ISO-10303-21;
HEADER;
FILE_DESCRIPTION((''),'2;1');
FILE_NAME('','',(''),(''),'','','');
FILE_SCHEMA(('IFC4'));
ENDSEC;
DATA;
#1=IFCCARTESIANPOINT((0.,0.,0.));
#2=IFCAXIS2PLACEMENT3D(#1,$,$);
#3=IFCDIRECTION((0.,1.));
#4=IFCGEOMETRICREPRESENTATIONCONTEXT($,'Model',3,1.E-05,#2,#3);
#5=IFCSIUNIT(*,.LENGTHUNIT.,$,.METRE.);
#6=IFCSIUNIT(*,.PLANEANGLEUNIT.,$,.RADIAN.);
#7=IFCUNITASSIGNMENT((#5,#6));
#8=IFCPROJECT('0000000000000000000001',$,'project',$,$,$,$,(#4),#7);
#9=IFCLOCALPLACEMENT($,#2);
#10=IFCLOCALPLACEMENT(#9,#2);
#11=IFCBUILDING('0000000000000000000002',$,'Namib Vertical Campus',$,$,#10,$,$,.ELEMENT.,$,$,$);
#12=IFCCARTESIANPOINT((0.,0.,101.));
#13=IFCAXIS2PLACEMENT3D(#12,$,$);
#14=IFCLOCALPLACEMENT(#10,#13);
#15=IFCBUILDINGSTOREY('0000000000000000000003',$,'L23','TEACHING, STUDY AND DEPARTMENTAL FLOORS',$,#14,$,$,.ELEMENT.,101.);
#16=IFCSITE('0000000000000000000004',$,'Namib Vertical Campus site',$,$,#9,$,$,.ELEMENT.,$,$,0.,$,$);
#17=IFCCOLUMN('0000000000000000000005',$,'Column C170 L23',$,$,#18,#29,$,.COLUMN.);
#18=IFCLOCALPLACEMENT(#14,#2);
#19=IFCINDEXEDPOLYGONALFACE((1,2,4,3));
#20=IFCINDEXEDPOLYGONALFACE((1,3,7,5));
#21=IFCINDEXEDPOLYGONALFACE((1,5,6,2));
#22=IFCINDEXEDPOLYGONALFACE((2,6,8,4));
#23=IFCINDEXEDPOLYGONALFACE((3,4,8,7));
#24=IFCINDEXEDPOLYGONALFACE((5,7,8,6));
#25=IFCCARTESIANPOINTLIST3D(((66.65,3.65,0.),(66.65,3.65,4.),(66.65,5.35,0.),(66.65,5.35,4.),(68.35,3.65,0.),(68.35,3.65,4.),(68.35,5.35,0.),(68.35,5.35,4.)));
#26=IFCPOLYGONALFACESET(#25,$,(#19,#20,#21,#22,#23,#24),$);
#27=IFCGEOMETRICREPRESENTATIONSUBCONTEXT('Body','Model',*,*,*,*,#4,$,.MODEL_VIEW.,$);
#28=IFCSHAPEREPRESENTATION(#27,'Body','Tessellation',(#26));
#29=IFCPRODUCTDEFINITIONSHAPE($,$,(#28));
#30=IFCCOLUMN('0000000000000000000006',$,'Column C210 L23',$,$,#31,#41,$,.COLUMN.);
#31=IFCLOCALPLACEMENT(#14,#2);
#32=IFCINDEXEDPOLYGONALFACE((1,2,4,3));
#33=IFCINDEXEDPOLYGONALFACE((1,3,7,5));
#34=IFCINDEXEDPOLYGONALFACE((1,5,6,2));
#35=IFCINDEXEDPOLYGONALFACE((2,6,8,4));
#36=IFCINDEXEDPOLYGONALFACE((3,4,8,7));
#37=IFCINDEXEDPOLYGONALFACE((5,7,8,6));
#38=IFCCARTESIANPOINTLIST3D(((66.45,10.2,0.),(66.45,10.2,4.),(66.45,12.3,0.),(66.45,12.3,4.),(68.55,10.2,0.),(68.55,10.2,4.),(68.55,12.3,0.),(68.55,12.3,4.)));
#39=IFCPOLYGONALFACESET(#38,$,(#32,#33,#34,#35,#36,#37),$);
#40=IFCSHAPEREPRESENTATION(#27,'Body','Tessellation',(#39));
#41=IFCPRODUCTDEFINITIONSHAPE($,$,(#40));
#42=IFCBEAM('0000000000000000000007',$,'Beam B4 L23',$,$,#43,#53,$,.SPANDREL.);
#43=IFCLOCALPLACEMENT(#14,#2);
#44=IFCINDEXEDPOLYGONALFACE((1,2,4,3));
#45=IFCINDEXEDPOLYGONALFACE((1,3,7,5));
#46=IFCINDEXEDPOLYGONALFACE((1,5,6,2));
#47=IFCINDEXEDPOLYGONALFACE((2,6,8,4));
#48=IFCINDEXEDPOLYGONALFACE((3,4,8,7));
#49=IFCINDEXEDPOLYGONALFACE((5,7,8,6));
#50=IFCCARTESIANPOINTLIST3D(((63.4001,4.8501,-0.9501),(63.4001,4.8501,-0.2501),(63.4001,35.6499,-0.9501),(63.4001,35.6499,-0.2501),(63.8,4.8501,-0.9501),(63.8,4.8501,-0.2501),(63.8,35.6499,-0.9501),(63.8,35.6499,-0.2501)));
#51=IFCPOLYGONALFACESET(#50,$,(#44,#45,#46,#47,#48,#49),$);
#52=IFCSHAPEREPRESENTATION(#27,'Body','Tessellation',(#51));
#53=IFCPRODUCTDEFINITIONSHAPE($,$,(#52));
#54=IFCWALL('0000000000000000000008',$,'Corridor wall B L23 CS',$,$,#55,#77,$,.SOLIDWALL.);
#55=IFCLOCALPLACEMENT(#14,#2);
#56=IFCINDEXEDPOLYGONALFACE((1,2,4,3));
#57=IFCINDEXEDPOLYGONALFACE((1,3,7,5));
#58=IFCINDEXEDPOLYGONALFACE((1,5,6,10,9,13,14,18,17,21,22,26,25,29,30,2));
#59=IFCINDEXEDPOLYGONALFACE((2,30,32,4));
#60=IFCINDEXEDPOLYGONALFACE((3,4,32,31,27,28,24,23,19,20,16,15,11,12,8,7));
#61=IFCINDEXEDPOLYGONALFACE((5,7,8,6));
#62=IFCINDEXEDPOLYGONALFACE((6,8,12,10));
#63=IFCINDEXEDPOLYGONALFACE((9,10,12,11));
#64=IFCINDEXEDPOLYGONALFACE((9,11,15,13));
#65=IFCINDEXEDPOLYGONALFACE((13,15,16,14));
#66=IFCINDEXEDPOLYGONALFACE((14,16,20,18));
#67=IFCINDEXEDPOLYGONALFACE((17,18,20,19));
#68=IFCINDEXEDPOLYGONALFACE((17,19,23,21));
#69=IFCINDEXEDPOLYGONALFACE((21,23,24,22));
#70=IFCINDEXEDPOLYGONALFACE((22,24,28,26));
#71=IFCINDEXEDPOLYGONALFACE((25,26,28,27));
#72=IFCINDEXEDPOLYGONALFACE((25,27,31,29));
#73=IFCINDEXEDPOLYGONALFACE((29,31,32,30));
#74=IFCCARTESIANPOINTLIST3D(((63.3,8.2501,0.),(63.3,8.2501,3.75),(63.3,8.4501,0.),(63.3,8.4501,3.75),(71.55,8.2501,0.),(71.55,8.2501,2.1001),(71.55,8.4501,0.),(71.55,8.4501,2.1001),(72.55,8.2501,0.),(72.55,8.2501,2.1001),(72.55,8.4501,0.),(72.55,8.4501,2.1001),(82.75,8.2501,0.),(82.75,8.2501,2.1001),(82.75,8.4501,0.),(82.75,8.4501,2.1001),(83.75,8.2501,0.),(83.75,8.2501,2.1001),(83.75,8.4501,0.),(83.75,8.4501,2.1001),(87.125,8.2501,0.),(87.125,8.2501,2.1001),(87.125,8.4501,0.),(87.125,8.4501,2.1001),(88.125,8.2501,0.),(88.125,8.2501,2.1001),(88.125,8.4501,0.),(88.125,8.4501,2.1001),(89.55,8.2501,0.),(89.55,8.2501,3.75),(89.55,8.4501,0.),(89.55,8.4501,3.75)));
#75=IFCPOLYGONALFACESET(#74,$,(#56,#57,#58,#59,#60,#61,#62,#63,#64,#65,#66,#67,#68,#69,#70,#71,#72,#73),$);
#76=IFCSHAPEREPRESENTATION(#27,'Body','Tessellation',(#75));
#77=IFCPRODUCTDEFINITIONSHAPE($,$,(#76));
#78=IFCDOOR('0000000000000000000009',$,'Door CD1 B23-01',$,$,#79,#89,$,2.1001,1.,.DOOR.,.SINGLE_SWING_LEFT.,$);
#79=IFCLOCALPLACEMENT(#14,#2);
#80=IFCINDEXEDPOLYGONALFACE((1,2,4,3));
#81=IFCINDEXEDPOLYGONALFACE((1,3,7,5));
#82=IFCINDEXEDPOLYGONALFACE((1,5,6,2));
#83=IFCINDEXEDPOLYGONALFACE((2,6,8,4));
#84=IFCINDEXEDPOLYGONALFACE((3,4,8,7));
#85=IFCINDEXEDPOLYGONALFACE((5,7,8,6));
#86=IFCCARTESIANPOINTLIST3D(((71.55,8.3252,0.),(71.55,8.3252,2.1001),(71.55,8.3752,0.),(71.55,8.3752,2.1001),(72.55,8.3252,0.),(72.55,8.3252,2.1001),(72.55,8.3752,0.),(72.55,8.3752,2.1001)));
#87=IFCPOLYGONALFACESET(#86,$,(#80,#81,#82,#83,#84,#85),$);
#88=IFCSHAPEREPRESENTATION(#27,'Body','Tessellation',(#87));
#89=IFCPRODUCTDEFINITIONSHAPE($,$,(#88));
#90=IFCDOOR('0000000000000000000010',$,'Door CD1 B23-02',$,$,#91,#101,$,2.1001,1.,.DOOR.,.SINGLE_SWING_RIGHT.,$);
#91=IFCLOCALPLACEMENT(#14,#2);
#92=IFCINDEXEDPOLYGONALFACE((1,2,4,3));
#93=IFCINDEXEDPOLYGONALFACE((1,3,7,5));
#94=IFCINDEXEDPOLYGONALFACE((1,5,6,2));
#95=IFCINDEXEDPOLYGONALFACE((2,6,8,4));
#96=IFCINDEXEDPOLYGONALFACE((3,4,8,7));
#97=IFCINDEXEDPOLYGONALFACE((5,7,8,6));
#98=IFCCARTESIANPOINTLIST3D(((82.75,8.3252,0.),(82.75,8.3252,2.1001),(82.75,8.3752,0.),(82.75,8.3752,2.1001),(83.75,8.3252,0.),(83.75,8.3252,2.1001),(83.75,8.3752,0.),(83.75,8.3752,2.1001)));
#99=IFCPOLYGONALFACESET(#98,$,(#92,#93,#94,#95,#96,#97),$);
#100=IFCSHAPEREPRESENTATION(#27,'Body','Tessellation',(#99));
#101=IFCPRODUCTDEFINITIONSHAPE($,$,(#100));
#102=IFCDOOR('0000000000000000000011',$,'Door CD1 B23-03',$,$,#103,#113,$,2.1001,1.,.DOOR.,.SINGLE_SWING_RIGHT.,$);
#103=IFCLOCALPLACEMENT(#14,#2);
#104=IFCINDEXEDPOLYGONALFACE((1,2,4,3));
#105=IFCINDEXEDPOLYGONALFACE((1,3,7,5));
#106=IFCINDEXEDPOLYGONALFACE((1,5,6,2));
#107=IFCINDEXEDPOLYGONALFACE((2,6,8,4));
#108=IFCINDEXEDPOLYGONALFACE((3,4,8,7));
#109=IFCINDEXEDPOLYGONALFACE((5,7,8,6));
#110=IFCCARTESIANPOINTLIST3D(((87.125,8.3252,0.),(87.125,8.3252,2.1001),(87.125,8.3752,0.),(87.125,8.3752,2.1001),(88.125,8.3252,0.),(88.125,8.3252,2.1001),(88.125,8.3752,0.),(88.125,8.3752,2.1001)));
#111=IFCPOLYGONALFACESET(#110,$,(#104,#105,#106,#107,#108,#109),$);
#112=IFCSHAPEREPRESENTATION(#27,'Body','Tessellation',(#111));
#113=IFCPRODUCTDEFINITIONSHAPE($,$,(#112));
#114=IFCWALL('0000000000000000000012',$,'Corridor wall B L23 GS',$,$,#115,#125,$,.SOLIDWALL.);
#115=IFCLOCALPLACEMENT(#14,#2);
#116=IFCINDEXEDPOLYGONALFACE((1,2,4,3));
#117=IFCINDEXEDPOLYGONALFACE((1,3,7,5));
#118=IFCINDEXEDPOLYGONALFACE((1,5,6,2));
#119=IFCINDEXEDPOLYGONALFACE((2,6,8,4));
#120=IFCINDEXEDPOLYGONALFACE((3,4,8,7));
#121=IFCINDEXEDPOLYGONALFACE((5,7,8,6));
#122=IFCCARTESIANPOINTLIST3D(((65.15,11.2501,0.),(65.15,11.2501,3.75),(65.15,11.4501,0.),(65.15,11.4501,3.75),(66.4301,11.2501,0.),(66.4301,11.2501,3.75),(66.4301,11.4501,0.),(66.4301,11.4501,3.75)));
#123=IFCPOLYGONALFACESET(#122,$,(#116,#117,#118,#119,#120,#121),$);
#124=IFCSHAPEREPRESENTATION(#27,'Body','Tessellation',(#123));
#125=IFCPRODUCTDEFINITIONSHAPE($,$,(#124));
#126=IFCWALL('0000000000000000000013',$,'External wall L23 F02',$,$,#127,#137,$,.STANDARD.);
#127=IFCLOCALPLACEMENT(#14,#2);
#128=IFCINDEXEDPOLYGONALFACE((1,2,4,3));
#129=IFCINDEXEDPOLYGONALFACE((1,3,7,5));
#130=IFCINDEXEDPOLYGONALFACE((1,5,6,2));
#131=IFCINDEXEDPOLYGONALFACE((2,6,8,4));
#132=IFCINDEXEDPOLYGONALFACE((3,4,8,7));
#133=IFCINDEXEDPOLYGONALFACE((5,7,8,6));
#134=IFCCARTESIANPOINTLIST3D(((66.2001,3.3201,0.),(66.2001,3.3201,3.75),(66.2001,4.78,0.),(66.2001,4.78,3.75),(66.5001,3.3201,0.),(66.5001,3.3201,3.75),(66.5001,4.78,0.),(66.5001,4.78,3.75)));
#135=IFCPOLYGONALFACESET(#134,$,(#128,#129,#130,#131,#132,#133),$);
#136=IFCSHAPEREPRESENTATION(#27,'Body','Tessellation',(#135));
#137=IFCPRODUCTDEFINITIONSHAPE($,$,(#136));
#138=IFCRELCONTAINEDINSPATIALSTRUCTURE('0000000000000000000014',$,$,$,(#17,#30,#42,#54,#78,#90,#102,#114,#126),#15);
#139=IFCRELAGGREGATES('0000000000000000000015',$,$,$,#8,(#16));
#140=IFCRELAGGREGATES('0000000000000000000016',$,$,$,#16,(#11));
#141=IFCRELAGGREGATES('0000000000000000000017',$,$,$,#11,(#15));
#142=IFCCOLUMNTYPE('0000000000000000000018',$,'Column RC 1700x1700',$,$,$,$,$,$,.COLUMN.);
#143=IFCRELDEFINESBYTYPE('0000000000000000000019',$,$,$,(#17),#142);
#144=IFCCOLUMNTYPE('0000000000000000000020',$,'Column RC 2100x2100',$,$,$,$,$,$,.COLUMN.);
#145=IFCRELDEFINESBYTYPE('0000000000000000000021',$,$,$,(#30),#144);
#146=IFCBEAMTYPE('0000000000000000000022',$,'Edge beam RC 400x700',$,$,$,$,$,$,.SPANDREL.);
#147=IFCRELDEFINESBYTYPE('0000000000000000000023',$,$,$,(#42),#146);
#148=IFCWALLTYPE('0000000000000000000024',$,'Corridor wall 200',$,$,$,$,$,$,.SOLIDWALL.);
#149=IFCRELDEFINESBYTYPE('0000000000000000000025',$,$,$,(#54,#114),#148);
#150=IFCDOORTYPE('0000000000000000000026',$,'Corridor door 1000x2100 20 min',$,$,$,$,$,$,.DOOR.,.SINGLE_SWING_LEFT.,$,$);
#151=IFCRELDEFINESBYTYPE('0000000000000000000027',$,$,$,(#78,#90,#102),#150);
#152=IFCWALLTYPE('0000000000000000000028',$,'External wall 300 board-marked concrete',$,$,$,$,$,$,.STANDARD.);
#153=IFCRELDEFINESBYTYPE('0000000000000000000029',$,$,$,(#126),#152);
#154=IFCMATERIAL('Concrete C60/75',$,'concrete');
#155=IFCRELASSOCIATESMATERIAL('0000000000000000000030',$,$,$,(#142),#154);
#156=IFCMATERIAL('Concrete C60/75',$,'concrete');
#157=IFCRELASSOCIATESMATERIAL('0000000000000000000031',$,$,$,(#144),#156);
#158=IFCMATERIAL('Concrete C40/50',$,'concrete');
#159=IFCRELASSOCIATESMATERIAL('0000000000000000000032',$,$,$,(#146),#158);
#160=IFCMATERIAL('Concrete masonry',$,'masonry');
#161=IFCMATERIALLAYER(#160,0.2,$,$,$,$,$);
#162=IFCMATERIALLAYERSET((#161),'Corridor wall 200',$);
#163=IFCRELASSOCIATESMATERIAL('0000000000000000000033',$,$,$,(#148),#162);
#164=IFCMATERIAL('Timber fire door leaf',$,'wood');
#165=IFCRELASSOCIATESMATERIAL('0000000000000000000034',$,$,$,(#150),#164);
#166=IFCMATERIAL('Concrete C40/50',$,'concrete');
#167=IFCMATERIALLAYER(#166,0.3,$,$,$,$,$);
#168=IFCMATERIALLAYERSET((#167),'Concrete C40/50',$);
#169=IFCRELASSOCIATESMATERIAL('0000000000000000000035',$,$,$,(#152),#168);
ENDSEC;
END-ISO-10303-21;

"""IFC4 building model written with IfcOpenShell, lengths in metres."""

from ifc_helpers import new_model, si_unit, direction, frame, frame_2d, origin, origin_2d, place, context, subcontext, project, spatial, rectangle, extrude, material, layer, layer_set, material_profile, profile_set, type_object, element, fill, save


model = new_model("IFC4")

# Units and contexts
model_context = context("Model", 3, precision=1e-05, world=origin(), true_north=direction((0.0, 1.0)))
body_context = subcontext(model_context, "Body", "Model", "MODEL_VIEW")
ifc_project = project(units=[si_unit("LENGTHUNIT", "METRE"), si_unit("PLANEANGLEUNIT", "RADIAN")], contexts=[model_context])

# Site, building, storey
site_placement = place(None, origin())
site = spatial("IfcSite", under=ifc_project, at=site_placement, Name="Namib Vertical Campus site", CompositionType="ELEMENT", RefElevation=0.0)
building_placement = place(site_placement, origin())
building = spatial("IfcBuilding", under=site, at=building_placement, Name="Namib Vertical Campus", CompositionType="ELEMENT")
storey_placement = place(building_placement, frame((0.0, 0.0, 101.0)))
storey = spatial("IfcBuildingStorey", under=building, at=storey_placement, Name="L23", Description="TEACHING, STUDY AND DEPARTMENTAL FLOORS", CompositionType="ELEMENT", Elevation=101.0)

# Columns
ifc_material_1 = material(Name="Concrete C60/75", Category="concrete")
ifc_material_profile_1 = material_profile(ifc_material_1, rectangle(XDim=1.7, YDim=1.7, at=origin_2d()))
ifc_profile_set_1 = profile_set([ifc_material_profile_1], Name="Concrete C60/75")
column_type_1 = type_object("IfcColumnType", Name="Column RC 1700x1700", PredefinedType="COLUMN", material=ifc_profile_set_1)
column_1_placement = place(storey_placement, frame((67.5, 4.5, 0.0), z_axis=(0.0, 0.0, 1.0), x_axis=(1.0, 0.0, 0.0)))
element("IfcColumn", 1, at=column_1_placement, inside=storey, type_object=column_type_1, Name="Column C170 L23", PredefinedType="COLUMN", context=body_context, shape_type="SweptSolid", body=[
    extrude(rectangle(XDim=1.7, YDim=1.7, at=origin_2d()), origin(), (0.0, 0.0, 1.0), 4.0),
])
ifc_material_2 = material(Name="Concrete C60/75", Category="concrete")
ifc_material_profile_2 = material_profile(ifc_material_2, rectangle(XDim=2.1001, YDim=2.1001, at=origin_2d()))
ifc_profile_set_2 = profile_set([ifc_material_profile_2], Name="Concrete C60/75")
column_type_2 = type_object("IfcColumnType", Name="Column RC 2100x2100", PredefinedType="COLUMN", material=ifc_profile_set_2)
column_2_placement = place(storey_placement, frame((67.5, 11.25, 0.0), z_axis=(0.0, 0.0, 1.0), x_axis=(1.0, 0.0, 0.0)))
element("IfcColumn", 2, at=column_2_placement, inside=storey, type_object=column_type_2, Name="Column C210 L23", PredefinedType="COLUMN", context=body_context, shape_type="SweptSolid", body=[
    extrude(rectangle(XDim=2.1001, YDim=2.1001, at=origin_2d()), origin(), (0.0, 0.0, 1.0), 4.0),
])

# Beam
ifc_material_3 = material(Name="Concrete C40/50", Category="concrete")
ifc_material_profile_3 = material_profile(ifc_material_3, rectangle(XDim=0.3999, YDim=0.7, at=origin_2d()))
ifc_profile_set_3 = profile_set([ifc_material_profile_3], Name="Concrete C40/50")
beam_type = type_object("IfcBeamType", Name="Edge beam RC 400x700", PredefinedType="SPANDREL", material=ifc_profile_set_3)
beam_placement = place(storey_placement, frame((63.6001, 4.8501, -0.6001), z_axis=(0.0, 1.0, 0.0), x_axis=(-1.0, 0.0, 0.0)))
element("IfcBeam", 3, at=beam_placement, inside=storey, type_object=beam_type, Name="Beam B4 L23", PredefinedType="SPANDREL", context=body_context, shape_type="SweptSolid", body=[
    extrude(rectangle(XDim=0.3999, YDim=0.7, at=origin_2d()), origin(), (0.0, 0.0, 1.0), 30.7998),
])

# Wall, openings, doors
ifc_material_4 = material(Name="Concrete masonry", Category="masonry")
ifc_layer_1 = layer(ifc_material_4, 0.2)
ifc_layer_set_1 = layer_set([ifc_layer_1], Name="Corridor wall 200")
wall_type_1 = type_object("IfcWallType", Name="Corridor wall 200", PredefinedType="SOLIDWALL", material=ifc_layer_set_1)
wall_1_placement = place(storey_placement, frame((63.3, 8.3501, 0.0), z_axis=(0.0, 0.0, 1.0), x_axis=(1.0, 0.0, 0.0)))
wall_1 = element("IfcWall", 4, at=wall_1_placement, inside=storey, type_object=wall_type_1, Name="Corridor wall B L23 CS", PredefinedType="SOLIDWALL", context=body_context, shape_type="SweptSolid", body=[
    extrude(rectangle(XDim=26.25, YDim=0.2, at=frame_2d((13.125, 0.0))), origin(), (0.0, 0.0, 1.0), 3.75),
])
opening_1_placement = place(wall_1_placement, frame((8.25, 0.0, 0.0)))
opening_1 = element("IfcOpeningElement", 5, at=opening_1_placement, cuts=wall_1, PredefinedType="OPENING", context=body_context, shape_type="SweptSolid", body=[
    extrude(rectangle(XDim=1.0, YDim=2.1001, at=frame_2d((0.5, 1.05))), frame((0.0, 0.1099, 0.0), z_axis=(0.0, -1.0, 0.0), x_axis=(1.0, 0.0, 0.0)), (0.0, 0.0, 1.0), 0.22),
])
opening_2_placement = place(wall_1_placement, frame((19.45, 0.0, 0.0)))
opening_2 = element("IfcOpeningElement", 6, at=opening_2_placement, cuts=wall_1, PredefinedType="OPENING", context=body_context, shape_type="SweptSolid", body=[
    extrude(rectangle(XDim=1.0, YDim=2.1001, at=frame_2d((0.5, 1.05))), frame((0.0, 0.1099, 0.0), z_axis=(0.0, -1.0, 0.0), x_axis=(1.0, 0.0, 0.0)), (0.0, 0.0, 1.0), 0.22),
])
opening_3_placement = place(wall_1_placement, frame((23.825, 0.0, 0.0)))
opening_3 = element("IfcOpeningElement", 7, at=opening_3_placement, cuts=wall_1, PredefinedType="OPENING", context=body_context, shape_type="SweptSolid", body=[
    extrude(rectangle(XDim=1.0, YDim=2.1001, at=frame_2d((0.5, 1.05))), frame((0.0, 0.1099, 0.0), z_axis=(0.0, -1.0, 0.0), x_axis=(1.0, 0.0, 0.0)), (0.0, 0.0, 1.0), 0.22),
])
ifc_material_5 = material(Name="Timber fire door leaf", Category="wood")
door_type = type_object("IfcDoorType", Name="Corridor door 1000x2100 20 min", OperationType="SINGLE_SWING_LEFT", PredefinedType="DOOR", material=ifc_material_5)
door_1_placement = place(opening_1_placement, frame((1.0, 0.0, 0.0), z_axis=(0.0, 0.0, 1.0), x_axis=(-1.0, 0.0, 0.0)))
door_1 = element("IfcDoor", 8, at=door_1_placement, inside=storey, type_object=door_type, Name="Door CD1 B23-01", OperationType="SINGLE_SWING_LEFT", OverallHeight=2.1001, OverallWidth=1.0, PredefinedType="DOOR", context=body_context, shape_type="SweptSolid", body=[
    extrude(rectangle(XDim=1.0, YDim=2.1001, at=frame_2d((0.5, 1.05))), frame((0.0, 0.0249, 0.0), z_axis=(0.0, -1.0, 0.0), x_axis=(1.0, 0.0, 0.0)), (0.0, 0.0, 1.0), 0.05),
])
fill(opening_1, door_1)
door_2_placement = place(opening_2_placement, frame((1.0, 0.0, 0.0), z_axis=(0.0, 0.0, 1.0), x_axis=(-1.0, 0.0, 0.0)))
door_2 = element("IfcDoor", 9, at=door_2_placement, inside=storey, type_object=door_type, Name="Door CD1 B23-02", OperationType="SINGLE_SWING_RIGHT", OverallHeight=2.1001, OverallWidth=1.0, PredefinedType="DOOR", context=body_context, shape_type="SweptSolid", body=[
    extrude(rectangle(XDim=1.0, YDim=2.1001, at=frame_2d((0.5, 1.05))), frame((0.0, 0.0249, 0.0), z_axis=(0.0, -1.0, 0.0), x_axis=(1.0, 0.0, 0.0)), (0.0, 0.0, 1.0), 0.05),
])
fill(opening_2, door_2)
door_3_placement = place(opening_3_placement, frame((1.0, 0.0, 0.0), z_axis=(0.0, 0.0, 1.0), x_axis=(-1.0, 0.0, 0.0)))
door_3 = element("IfcDoor", 10, at=door_3_placement, inside=storey, type_object=door_type, Name="Door CD1 B23-03", OperationType="SINGLE_SWING_RIGHT", OverallHeight=2.1001, OverallWidth=1.0, PredefinedType="DOOR", context=body_context, shape_type="SweptSolid", body=[
    extrude(rectangle(XDim=1.0, YDim=2.1001, at=frame_2d((0.5, 1.05))), frame((0.0, 0.0249, 0.0), z_axis=(0.0, -1.0, 0.0), x_axis=(1.0, 0.0, 0.0)), (0.0, 0.0, 1.0), 0.05),
])
fill(opening_3, door_3)

# Walls
wall_2_placement = place(storey_placement, frame((65.1499, 11.3501, 0.0), z_axis=(0.0, 0.0, 1.0), x_axis=(1.0, 0.0, 0.0)))
element("IfcWall", 11, at=wall_2_placement, inside=storey, type_object=wall_type_1, Name="Corridor wall B L23 GS", PredefinedType="SOLIDWALL", context=body_context, shape_type="SweptSolid", body=[
    extrude(rectangle(XDim=1.28, YDim=0.2, at=frame_2d((0.6401, 0.0))), origin(), (0.0, 0.0, 1.0), 3.75),
])
ifc_material_6 = material(Name="Concrete C40/50", Category="concrete")
ifc_layer_2 = layer(ifc_material_6, 0.3)
ifc_layer_set_2 = layer_set([ifc_layer_2], Name="Concrete C40/50")
wall_type_2 = type_object("IfcWallType", Name="External wall 300 board-marked concrete", PredefinedType="STANDARD", material=ifc_layer_set_2)
wall_3_placement = place(storey_placement, frame((66.3501, 4.78, 0.0), z_axis=(0.0, 0.0, 1.0), x_axis=(0.0, -1.0, 0.0)))
element("IfcWall", 12, at=wall_3_placement, inside=storey, type_object=wall_type_2, Name="External wall L23 F02", PredefinedType="STANDARD", context=body_context, shape_type="SweptSolid", body=[
    extrude(rectangle(XDim=1.46, YDim=0.3, at=frame_2d((0.73, 0.0))), origin(), (0.0, 0.0, 1.0), 3.75),
])

save(model, "model.ifc")
